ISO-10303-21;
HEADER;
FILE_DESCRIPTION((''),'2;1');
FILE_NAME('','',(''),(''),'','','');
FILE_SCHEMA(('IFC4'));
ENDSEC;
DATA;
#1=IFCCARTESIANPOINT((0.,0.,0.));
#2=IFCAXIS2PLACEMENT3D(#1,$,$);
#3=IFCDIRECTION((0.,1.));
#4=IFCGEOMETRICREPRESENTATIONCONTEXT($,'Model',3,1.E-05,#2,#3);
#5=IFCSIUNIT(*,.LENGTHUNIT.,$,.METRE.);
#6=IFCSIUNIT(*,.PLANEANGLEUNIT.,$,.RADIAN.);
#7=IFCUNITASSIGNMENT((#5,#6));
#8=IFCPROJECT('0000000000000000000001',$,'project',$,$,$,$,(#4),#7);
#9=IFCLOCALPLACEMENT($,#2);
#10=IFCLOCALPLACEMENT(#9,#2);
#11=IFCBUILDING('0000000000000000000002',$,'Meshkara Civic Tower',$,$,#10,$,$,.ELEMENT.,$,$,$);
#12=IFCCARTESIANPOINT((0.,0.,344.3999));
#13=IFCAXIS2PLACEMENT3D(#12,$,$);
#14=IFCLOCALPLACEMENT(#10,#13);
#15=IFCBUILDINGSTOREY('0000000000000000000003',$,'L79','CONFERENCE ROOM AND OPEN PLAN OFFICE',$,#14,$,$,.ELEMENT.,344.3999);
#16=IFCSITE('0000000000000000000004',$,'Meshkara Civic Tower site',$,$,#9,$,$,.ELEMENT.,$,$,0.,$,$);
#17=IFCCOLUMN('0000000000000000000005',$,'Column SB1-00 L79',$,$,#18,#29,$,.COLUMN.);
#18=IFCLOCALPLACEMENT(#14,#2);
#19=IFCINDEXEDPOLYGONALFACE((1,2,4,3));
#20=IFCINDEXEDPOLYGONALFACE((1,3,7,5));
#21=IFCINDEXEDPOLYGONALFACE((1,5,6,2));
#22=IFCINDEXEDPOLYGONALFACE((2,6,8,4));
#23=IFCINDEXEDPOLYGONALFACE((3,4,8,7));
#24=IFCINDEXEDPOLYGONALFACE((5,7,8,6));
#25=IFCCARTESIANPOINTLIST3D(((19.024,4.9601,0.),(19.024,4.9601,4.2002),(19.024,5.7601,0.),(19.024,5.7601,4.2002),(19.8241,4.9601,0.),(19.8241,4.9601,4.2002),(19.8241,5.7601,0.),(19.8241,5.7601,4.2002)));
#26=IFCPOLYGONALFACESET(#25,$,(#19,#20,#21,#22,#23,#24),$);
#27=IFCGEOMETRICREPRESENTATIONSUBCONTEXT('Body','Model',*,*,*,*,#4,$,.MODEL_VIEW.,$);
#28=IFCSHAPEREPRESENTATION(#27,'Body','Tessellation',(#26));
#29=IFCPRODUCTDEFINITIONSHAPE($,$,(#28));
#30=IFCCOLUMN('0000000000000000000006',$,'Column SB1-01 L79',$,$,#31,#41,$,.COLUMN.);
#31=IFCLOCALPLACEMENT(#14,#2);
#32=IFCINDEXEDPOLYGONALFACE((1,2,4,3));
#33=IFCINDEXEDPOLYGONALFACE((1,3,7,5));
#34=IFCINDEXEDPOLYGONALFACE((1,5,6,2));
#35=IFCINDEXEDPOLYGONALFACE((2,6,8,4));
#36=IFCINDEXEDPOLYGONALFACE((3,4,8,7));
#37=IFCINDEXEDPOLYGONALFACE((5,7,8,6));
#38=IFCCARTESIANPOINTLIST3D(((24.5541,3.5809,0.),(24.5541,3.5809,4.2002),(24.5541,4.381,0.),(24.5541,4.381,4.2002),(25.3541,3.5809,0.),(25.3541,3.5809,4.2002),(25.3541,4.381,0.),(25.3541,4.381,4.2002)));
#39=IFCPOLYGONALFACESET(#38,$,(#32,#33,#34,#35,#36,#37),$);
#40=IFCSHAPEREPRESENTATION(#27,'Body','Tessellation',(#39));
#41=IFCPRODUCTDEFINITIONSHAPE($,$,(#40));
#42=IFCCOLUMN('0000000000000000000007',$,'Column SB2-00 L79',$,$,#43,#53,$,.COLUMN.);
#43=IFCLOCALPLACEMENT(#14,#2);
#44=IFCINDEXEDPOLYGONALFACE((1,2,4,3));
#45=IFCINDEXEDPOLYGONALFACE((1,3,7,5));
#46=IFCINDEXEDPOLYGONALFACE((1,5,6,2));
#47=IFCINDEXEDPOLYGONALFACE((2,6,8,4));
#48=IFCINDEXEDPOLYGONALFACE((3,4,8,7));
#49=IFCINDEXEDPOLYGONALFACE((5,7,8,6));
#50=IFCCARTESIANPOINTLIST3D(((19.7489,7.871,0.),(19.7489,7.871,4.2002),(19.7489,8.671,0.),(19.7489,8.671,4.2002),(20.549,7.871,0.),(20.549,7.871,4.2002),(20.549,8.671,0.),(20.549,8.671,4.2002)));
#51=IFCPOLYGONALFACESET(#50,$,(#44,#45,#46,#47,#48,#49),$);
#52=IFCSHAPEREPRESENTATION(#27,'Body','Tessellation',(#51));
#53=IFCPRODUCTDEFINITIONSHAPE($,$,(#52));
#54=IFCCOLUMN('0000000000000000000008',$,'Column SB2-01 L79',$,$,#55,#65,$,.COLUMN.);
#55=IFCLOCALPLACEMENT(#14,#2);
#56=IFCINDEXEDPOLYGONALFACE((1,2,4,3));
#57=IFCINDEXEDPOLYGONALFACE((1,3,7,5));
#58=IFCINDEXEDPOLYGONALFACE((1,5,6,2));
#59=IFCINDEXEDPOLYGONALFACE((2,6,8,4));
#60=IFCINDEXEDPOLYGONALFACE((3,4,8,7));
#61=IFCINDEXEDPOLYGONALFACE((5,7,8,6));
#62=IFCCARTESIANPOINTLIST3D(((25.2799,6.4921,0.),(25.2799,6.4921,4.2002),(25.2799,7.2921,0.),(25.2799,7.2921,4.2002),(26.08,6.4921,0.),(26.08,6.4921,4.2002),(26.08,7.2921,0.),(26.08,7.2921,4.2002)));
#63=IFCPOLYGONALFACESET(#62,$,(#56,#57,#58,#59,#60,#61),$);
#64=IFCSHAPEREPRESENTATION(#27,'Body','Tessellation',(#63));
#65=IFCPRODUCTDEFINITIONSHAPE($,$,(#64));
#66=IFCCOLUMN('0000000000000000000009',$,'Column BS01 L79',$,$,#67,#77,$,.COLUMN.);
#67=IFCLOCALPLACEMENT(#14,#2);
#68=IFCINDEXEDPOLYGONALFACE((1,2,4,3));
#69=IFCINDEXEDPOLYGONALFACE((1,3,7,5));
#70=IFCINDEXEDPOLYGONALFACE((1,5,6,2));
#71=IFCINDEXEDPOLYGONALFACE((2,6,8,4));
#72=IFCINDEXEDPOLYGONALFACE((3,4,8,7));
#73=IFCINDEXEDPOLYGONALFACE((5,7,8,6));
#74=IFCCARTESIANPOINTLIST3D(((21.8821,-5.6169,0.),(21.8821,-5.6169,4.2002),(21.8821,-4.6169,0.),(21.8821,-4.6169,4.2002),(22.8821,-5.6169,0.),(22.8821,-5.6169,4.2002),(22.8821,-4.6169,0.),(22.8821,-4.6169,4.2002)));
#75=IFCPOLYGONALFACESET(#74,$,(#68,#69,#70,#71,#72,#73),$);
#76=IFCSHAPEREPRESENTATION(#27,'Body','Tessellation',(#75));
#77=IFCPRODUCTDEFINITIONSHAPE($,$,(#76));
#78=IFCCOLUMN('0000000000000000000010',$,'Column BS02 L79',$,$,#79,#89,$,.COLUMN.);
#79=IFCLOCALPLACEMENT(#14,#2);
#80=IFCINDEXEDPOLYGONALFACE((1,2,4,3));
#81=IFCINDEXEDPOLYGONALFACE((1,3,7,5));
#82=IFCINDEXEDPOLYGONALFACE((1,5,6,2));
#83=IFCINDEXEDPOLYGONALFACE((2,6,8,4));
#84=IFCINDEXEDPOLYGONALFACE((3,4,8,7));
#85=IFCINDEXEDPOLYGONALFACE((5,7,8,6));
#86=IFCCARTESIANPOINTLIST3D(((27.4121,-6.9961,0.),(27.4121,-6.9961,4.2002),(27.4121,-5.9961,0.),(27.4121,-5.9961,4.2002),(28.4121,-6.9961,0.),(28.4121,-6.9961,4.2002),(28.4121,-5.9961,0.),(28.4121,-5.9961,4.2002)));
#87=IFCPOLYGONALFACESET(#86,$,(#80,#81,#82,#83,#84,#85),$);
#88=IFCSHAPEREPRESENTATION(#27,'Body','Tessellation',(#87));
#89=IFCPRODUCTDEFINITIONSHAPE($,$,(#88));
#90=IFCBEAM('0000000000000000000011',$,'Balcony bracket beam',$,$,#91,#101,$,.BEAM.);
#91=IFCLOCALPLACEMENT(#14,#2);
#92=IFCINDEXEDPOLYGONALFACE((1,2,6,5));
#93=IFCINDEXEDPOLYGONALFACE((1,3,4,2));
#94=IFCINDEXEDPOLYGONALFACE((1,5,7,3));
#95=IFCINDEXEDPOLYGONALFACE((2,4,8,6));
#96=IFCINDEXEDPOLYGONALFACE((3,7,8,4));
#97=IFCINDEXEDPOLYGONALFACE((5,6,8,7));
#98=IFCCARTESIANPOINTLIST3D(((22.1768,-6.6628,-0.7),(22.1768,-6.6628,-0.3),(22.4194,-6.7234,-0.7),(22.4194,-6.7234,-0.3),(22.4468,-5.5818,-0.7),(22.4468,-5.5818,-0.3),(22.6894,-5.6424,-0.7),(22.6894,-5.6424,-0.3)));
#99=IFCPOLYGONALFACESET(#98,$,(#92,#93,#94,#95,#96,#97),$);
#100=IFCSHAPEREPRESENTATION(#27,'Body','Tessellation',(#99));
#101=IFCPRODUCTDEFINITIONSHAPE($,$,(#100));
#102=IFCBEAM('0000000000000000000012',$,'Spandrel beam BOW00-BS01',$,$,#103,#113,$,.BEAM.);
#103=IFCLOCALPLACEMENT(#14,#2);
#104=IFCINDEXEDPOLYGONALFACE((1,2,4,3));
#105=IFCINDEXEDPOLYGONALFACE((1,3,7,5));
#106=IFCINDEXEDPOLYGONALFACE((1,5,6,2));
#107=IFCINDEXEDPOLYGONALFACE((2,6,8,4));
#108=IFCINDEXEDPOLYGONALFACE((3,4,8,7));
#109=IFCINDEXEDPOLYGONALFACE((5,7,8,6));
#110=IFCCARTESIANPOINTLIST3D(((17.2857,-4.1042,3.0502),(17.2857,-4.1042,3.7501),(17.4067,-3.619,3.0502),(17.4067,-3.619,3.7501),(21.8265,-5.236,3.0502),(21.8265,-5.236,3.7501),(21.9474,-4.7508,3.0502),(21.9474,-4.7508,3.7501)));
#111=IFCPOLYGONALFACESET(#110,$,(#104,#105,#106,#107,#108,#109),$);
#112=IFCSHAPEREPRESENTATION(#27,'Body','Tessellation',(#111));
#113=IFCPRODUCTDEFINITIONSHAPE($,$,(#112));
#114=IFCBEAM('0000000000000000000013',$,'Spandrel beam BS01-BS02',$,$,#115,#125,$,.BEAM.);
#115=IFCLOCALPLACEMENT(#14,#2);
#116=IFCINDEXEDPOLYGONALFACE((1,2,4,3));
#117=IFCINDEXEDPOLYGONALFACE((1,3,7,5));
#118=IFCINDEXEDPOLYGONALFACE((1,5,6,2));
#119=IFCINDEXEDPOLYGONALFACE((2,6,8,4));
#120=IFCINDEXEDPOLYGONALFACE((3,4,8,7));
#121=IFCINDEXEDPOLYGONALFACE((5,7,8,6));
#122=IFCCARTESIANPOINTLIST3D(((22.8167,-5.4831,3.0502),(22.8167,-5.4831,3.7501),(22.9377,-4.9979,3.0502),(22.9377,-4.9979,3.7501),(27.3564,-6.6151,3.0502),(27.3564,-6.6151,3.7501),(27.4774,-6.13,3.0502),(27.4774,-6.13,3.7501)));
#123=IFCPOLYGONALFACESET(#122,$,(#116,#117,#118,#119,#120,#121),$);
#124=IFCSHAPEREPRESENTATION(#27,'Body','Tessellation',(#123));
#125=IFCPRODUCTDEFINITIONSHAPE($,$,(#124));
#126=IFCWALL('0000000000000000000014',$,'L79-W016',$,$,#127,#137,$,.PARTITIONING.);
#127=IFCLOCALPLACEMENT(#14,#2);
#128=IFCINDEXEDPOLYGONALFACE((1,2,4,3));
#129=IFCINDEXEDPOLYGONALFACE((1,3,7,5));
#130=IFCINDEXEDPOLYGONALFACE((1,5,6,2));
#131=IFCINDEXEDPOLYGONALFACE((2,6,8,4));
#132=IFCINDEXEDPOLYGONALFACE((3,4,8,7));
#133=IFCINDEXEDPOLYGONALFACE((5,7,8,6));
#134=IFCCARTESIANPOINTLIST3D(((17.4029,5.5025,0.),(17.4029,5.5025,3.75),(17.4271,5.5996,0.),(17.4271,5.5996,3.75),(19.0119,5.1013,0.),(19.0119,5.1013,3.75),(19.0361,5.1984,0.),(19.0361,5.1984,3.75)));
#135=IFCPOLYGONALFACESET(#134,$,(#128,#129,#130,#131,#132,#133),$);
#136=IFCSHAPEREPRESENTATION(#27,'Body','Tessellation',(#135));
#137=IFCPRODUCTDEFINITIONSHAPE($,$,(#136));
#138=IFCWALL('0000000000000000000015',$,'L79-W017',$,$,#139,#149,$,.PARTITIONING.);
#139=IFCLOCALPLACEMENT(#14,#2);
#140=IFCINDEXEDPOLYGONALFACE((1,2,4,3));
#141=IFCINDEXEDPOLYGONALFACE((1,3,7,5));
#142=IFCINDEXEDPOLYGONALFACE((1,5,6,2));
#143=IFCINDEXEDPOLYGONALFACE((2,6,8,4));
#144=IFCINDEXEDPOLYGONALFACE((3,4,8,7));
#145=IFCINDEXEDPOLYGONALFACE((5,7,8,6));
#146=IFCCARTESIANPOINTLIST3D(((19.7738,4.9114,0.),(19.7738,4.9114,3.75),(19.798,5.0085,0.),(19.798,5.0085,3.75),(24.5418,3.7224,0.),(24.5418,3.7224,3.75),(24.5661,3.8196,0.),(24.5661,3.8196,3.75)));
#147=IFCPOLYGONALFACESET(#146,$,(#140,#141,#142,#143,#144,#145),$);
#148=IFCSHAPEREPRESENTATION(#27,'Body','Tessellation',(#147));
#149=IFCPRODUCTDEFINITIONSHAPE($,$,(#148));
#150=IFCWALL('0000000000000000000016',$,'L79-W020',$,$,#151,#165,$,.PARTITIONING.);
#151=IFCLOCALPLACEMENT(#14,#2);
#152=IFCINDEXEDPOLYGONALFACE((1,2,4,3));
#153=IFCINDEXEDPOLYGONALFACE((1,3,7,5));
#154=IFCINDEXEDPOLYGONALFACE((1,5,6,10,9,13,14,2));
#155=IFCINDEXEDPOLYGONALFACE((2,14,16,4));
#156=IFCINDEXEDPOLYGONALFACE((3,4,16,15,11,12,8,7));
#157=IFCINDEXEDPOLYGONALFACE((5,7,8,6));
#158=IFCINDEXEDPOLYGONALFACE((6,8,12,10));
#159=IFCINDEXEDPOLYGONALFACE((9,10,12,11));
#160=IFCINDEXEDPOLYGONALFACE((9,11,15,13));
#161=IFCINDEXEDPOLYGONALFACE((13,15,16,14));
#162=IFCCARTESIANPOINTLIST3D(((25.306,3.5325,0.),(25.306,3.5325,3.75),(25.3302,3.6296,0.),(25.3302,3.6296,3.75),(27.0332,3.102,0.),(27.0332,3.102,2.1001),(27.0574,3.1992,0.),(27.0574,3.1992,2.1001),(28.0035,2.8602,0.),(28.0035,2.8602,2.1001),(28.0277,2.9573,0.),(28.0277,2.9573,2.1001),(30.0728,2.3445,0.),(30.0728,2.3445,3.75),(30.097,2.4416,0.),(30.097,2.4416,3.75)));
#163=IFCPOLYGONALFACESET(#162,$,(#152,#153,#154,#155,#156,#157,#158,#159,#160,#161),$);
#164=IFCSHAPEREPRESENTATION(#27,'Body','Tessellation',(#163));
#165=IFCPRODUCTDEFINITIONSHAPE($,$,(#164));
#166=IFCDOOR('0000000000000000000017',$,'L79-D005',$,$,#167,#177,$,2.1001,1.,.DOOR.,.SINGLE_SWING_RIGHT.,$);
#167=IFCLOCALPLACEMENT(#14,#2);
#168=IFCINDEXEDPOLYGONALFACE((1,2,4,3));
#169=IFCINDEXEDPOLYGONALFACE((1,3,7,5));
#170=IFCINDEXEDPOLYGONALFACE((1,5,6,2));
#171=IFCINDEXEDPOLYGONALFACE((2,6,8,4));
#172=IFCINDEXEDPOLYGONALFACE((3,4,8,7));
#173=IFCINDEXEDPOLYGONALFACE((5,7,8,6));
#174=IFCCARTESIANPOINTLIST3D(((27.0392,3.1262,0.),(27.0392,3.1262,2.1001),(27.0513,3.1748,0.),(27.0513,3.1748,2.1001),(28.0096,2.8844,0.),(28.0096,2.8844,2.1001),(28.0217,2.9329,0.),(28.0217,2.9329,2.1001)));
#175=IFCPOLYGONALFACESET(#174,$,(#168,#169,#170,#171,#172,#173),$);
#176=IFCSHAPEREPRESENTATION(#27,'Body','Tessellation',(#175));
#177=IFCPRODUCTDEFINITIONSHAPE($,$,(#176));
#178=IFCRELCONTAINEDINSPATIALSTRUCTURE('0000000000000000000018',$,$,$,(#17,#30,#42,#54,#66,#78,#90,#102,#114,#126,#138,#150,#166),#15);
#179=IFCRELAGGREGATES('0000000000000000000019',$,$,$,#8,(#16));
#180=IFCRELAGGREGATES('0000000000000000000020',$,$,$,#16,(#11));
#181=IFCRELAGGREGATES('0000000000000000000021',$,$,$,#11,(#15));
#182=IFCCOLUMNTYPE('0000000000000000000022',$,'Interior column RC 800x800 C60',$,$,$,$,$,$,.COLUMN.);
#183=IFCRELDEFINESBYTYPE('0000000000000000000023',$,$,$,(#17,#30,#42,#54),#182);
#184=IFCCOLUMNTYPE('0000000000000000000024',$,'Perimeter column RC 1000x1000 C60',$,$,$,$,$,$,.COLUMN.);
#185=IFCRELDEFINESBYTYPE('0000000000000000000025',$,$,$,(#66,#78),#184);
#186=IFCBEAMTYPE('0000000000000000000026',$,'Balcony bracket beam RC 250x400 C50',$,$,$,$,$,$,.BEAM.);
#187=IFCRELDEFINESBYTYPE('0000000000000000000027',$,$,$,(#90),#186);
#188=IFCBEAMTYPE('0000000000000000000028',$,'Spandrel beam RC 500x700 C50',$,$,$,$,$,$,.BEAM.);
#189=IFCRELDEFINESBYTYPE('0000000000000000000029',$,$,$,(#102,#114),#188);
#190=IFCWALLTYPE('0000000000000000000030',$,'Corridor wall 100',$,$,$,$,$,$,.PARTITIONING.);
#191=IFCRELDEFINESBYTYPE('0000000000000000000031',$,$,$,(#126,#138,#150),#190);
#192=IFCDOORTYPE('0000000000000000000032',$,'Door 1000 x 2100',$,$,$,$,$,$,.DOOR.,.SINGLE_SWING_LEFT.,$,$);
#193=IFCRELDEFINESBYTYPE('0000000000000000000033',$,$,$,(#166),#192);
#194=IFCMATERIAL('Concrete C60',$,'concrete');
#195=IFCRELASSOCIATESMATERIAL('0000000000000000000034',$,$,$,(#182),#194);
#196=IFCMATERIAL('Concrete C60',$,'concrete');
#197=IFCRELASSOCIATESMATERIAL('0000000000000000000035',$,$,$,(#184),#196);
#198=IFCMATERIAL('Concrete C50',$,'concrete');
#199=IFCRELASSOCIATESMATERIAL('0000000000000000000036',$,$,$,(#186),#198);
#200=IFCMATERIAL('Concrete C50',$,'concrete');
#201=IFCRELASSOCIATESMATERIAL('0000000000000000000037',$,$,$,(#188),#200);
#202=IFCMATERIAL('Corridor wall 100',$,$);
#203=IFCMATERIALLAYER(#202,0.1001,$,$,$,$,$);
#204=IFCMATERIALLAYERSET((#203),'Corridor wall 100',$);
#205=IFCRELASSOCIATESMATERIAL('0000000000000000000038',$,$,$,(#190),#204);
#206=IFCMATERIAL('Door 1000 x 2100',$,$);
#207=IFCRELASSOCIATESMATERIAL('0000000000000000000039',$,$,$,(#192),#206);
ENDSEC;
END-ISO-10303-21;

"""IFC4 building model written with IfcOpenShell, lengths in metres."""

from ifc_helpers import new_model, si_unit, direction, frame, frame_2d, origin, origin_2d, place, context, subcontext, project, spatial, rectangle, extrude, material, layer, layer_set, material_profile, profile_set, type_object, element, fill, save


model = new_model("IFC4")

# Units and contexts
model_context = context("Model", 3, precision=1e-05, world=origin(), true_north=direction((0.0, 1.0)))
body_context = subcontext(model_context, "Body", "Model", "MODEL_VIEW")
ifc_project = project(units=[si_unit("LENGTHUNIT", "METRE"), si_unit("PLANEANGLEUNIT", "RADIAN")], contexts=[model_context])

# Site, building, storey
site_placement = place(None, origin())
site = spatial("IfcSite", under=ifc_project, at=site_placement, Name="Meshkara Civic Tower site", CompositionType="ELEMENT", RefElevation=0.0)
building_placement = place(site_placement, origin())
building = spatial("IfcBuilding", under=site, at=building_placement, Name="Meshkara Civic Tower", CompositionType="ELEMENT")
storey_placement = place(building_placement, frame((0.0, 0.0, 344.3999)))
storey = spatial("IfcBuildingStorey", under=building, at=storey_placement, Name="L79", Description="CONFERENCE ROOM AND OPEN PLAN OFFICE", CompositionType="ELEMENT", Elevation=344.3999)

# Columns
ifc_material_1 = material(Name="Concrete C60", Category="concrete")
ifc_material_profile_1 = material_profile(ifc_material_1, rectangle(XDim=0.8, YDim=0.8, at=origin_2d()))
ifc_profile_set_1 = profile_set([ifc_material_profile_1], Name="Concrete C60")
column_type_1 = type_object("IfcColumnType", Name="Interior column RC 800x800 C60", PredefinedType="COLUMN", material=ifc_profile_set_1)
for number, where, z_axis, x_axis, name in (
    (1, (19.4241, 5.3601, 0.0), (0.0, 0.0, 1.0), (1.0, 0.0, 0.0), "Column SB1-00 L79"),
    (2, (24.9541, 3.981, 0.0), (0.0, 0.0, 1.0), (1.0, 0.0, 0.0), "Column SB1-01 L79"),
    (3, (20.1489, 8.271, 0.0), (0.0, 0.0, 1.0), (1.0, 0.0, 0.0), "Column SB2-00 L79"),
    (4, (25.6799, 6.8921, 0.0), (0.0, 0.0, 1.0), (1.0, 0.0, 0.0), "Column SB2-01 L79"),
):
    element("IfcColumn", number, at=place(storey_placement, frame(where, z_axis=z_axis, x_axis=x_axis)), inside=storey, type_object=column_type_1, Name=name, PredefinedType="COLUMN", context=body_context, shape_type="SweptSolid", body=[
        extrude(rectangle(XDim=0.8, YDim=0.8, at=origin_2d()), origin(), (0.0, 0.0, 1.0), 4.2002),
    ])
ifc_material_2 = material(Name="Concrete C60", Category="concrete")
ifc_material_profile_2 = material_profile(ifc_material_2, rectangle(XDim=1.0, YDim=1.0, at=origin_2d()))
ifc_profile_set_2 = profile_set([ifc_material_profile_2], Name="Concrete C60")
column_type_2 = type_object("IfcColumnType", Name="Perimeter column RC 1000x1000 C60", PredefinedType="COLUMN", material=ifc_profile_set_2)
for number, where, z_axis, x_axis, name in (
    (5, (22.3821, -5.1169, 0.0), (0.0, 0.0, 1.0), (1.0, 0.0, 0.0), "Column BS01 L79"),
    (6, (27.9121, -6.4961, 0.0), (0.0, 0.0, 1.0), (1.0, 0.0, 0.0), "Column BS02 L79"),
):
    element("IfcColumn", number, at=place(storey_placement, frame(where, z_axis=z_axis, x_axis=x_axis)), inside=storey, type_object=column_type_2, Name=name, PredefinedType="COLUMN", context=body_context, shape_type="SweptSolid", body=[
        extrude(rectangle(XDim=1.0, YDim=1.0, at=origin_2d()), origin(), (0.0, 0.0, 1.0), 4.2002),
    ])

# Beams
ifc_material_3 = material(Name="Concrete C50", Category="concrete")
ifc_material_profile_3 = material_profile(ifc_material_3, rectangle(XDim=0.25, YDim=0.3999, at=origin_2d()))
ifc_profile_set_3 = profile_set([ifc_material_profile_3], Name="Concrete C50")
beam_type_1 = type_object("IfcBeamType", Name="Balcony bracket beam RC 250x400 C50", PredefinedType="BEAM", material=ifc_profile_set_3)
beam_1_placement = place(storey_placement, frame((22.5681, -5.6121, -0.5), z_axis=(-0.242329, -0.970194, 0.0), x_axis=(0.970194, -0.242329, 0.0)))
element("IfcBeam", 7, at=beam_1_placement, inside=storey, type_object=beam_type_1, Name="Balcony bracket beam", PredefinedType="BEAM", context=body_context, shape_type="SweptSolid", body=[
    extrude(rectangle(XDim=0.25, YDim=0.3999, at=origin_2d()), origin(), (0.0, 0.0, 1.0), 1.1143),
])
ifc_material_4 = material(Name="Concrete C50", Category="concrete")
ifc_material_profile_4 = material_profile(ifc_material_4, rectangle(XDim=0.5, YDim=0.7, at=origin_2d()))
ifc_profile_set_4 = profile_set([ifc_material_profile_4], Name="Concrete C50")
beam_type_2 = type_object("IfcBeamType", Name="Spandrel beam RC 500x700 C50", PredefinedType="BEAM", material=ifc_profile_set_4)
beam_2_placement = place(storey_placement, frame((17.3462, -3.8616, 3.4001), z_axis=(0.970311, -0.24186, 0.0), x_axis=(0.24186, 0.970311, 0.0)))
element("IfcBeam", 8, at=beam_2_placement, inside=storey, type_object=beam_type_2, Name="Spandrel beam BOW00-BS01", PredefinedType="BEAM", context=body_context, shape_type="SweptSolid", body=[
    extrude(rectangle(XDim=0.5, YDim=0.7, at=origin_2d()), origin(), (0.0, 0.0, 1.0), 4.6797),
])
beam_3_placement = place(storey_placement, frame((22.8772, -5.2405, 3.4001), z_axis=(0.970287, -0.241959, 0.0), x_axis=(0.241959, 0.970287, 0.0)))
element("IfcBeam", 9, at=beam_3_placement, inside=storey, type_object=beam_type_2, Name="Spandrel beam BS01-BS02", PredefinedType="BEAM", context=body_context, shape_type="SweptSolid", body=[
    extrude(rectangle(XDim=0.5, YDim=0.7, at=origin_2d()), origin(), (0.0, 0.0, 1.0), 4.6787),
])

# Walls
ifc_material_5 = material(Name="Corridor wall 100")
ifc_layer_1 = layer(ifc_material_5, 0.1001)
ifc_layer_set_1 = layer_set([ifc_layer_1], Name="Corridor wall 100")
wall_type_1 = type_object("IfcWallType", Name="Corridor wall 100", PredefinedType="PARTITIONING", material=ifc_layer_set_1)
wall_1_placement = place(storey_placement, frame((17.415, 5.551, 0.0), z_axis=(0.0, 0.0, 1.0), x_axis=(0.970298, -0.241912, 0.0)))
element("IfcWall", 10, at=wall_1_placement, inside=storey, type_object=wall_type_1, Name="L79-W016", PredefinedType="PARTITIONING", context=body_context, shape_type="SweptSolid", body=[
    extrude(rectangle(XDim=1.6582, YDim=0.1001, at=frame_2d((0.8291, 0.0))), origin(), (0.0, 0.0, 1.0), 3.75),
])
wall_2_placement = place(storey_placement, frame((19.7859, 4.96, 0.0), z_axis=(0.0, 0.0, 1.0), x_axis=(0.970288, -0.241951, 0.0)))
element("IfcWall", 11, at=wall_2_placement, inside=storey, type_object=wall_type_1, Name="L79-W017", PredefinedType="PARTITIONING", context=body_context, shape_type="SweptSolid", body=[
    extrude(rectangle(XDim=4.9141, YDim=0.1001, at=frame_2d((2.457, 0.0))), origin(), (0.0, 0.0, 1.0), 3.75),
])

# Wall, opening, door
wall_3_placement = place(storey_placement, frame((25.3181, 3.5811, 0.0), z_axis=(0.0, 0.0, 1.0), x_axis=(0.970321, -0.241822, 0.0)))
wall_3 = element("IfcWall", 12, at=wall_3_placement, inside=storey, type_object=wall_type_1, Name="L79-W020", PredefinedType="PARTITIONING", context=body_context, shape_type="SweptSolid", body=[
    extrude(rectangle(XDim=4.9126, YDim=0.1001, at=frame_2d((2.4563, 0.0))), origin(), (0.0, 0.0, 1.0), 3.75),
])
opening_1_placement = place(wall_3_placement, frame((1.78, 0.0, 0.0)))
opening_1 = element("IfcOpeningElement", 13, at=opening_1_placement, cuts=wall_3, PredefinedType="OPENING", context=body_context, shape_type="SweptSolid", body=[
    extrude(rectangle(XDim=1.0, YDim=2.1001, at=frame_2d((0.5, 1.05))), frame((0.0, 0.0601, 0.0), z_axis=(0.0, -1.0, 0.0), x_axis=(1.0, 0.0, 0.0)), (0.0, 0.0, 1.0), 0.1201),
])
ifc_material_6 = material(Name="Door 1000 x 2100")
door_type_1 = type_object("IfcDoorType", Name="Door 1000 x 2100", OperationType="SINGLE_SWING_LEFT", PredefinedType="DOOR", material=ifc_material_6)
door_1_placement = place(opening_1_placement, origin())
door_1 = element("IfcDoor", 14, at=door_1_placement, inside=storey, type_object=door_type_1, Name="L79-D005", OperationType="SINGLE_SWING_RIGHT", OverallHeight=2.1001, OverallWidth=1.0, PredefinedType="DOOR", context=body_context, shape_type="SweptSolid", body=[
    extrude(rectangle(XDim=1.0, YDim=2.1001, at=frame_2d((0.5, 1.05))), frame((0.0, 0.0249, 0.0), z_axis=(0.0, -1.0, 0.0), x_axis=(1.0, 0.0, 0.0)), (0.0, 0.0, 1.0), 0.05),
])
fill(opening_1, door_1)

save(model, "model.ifc")
